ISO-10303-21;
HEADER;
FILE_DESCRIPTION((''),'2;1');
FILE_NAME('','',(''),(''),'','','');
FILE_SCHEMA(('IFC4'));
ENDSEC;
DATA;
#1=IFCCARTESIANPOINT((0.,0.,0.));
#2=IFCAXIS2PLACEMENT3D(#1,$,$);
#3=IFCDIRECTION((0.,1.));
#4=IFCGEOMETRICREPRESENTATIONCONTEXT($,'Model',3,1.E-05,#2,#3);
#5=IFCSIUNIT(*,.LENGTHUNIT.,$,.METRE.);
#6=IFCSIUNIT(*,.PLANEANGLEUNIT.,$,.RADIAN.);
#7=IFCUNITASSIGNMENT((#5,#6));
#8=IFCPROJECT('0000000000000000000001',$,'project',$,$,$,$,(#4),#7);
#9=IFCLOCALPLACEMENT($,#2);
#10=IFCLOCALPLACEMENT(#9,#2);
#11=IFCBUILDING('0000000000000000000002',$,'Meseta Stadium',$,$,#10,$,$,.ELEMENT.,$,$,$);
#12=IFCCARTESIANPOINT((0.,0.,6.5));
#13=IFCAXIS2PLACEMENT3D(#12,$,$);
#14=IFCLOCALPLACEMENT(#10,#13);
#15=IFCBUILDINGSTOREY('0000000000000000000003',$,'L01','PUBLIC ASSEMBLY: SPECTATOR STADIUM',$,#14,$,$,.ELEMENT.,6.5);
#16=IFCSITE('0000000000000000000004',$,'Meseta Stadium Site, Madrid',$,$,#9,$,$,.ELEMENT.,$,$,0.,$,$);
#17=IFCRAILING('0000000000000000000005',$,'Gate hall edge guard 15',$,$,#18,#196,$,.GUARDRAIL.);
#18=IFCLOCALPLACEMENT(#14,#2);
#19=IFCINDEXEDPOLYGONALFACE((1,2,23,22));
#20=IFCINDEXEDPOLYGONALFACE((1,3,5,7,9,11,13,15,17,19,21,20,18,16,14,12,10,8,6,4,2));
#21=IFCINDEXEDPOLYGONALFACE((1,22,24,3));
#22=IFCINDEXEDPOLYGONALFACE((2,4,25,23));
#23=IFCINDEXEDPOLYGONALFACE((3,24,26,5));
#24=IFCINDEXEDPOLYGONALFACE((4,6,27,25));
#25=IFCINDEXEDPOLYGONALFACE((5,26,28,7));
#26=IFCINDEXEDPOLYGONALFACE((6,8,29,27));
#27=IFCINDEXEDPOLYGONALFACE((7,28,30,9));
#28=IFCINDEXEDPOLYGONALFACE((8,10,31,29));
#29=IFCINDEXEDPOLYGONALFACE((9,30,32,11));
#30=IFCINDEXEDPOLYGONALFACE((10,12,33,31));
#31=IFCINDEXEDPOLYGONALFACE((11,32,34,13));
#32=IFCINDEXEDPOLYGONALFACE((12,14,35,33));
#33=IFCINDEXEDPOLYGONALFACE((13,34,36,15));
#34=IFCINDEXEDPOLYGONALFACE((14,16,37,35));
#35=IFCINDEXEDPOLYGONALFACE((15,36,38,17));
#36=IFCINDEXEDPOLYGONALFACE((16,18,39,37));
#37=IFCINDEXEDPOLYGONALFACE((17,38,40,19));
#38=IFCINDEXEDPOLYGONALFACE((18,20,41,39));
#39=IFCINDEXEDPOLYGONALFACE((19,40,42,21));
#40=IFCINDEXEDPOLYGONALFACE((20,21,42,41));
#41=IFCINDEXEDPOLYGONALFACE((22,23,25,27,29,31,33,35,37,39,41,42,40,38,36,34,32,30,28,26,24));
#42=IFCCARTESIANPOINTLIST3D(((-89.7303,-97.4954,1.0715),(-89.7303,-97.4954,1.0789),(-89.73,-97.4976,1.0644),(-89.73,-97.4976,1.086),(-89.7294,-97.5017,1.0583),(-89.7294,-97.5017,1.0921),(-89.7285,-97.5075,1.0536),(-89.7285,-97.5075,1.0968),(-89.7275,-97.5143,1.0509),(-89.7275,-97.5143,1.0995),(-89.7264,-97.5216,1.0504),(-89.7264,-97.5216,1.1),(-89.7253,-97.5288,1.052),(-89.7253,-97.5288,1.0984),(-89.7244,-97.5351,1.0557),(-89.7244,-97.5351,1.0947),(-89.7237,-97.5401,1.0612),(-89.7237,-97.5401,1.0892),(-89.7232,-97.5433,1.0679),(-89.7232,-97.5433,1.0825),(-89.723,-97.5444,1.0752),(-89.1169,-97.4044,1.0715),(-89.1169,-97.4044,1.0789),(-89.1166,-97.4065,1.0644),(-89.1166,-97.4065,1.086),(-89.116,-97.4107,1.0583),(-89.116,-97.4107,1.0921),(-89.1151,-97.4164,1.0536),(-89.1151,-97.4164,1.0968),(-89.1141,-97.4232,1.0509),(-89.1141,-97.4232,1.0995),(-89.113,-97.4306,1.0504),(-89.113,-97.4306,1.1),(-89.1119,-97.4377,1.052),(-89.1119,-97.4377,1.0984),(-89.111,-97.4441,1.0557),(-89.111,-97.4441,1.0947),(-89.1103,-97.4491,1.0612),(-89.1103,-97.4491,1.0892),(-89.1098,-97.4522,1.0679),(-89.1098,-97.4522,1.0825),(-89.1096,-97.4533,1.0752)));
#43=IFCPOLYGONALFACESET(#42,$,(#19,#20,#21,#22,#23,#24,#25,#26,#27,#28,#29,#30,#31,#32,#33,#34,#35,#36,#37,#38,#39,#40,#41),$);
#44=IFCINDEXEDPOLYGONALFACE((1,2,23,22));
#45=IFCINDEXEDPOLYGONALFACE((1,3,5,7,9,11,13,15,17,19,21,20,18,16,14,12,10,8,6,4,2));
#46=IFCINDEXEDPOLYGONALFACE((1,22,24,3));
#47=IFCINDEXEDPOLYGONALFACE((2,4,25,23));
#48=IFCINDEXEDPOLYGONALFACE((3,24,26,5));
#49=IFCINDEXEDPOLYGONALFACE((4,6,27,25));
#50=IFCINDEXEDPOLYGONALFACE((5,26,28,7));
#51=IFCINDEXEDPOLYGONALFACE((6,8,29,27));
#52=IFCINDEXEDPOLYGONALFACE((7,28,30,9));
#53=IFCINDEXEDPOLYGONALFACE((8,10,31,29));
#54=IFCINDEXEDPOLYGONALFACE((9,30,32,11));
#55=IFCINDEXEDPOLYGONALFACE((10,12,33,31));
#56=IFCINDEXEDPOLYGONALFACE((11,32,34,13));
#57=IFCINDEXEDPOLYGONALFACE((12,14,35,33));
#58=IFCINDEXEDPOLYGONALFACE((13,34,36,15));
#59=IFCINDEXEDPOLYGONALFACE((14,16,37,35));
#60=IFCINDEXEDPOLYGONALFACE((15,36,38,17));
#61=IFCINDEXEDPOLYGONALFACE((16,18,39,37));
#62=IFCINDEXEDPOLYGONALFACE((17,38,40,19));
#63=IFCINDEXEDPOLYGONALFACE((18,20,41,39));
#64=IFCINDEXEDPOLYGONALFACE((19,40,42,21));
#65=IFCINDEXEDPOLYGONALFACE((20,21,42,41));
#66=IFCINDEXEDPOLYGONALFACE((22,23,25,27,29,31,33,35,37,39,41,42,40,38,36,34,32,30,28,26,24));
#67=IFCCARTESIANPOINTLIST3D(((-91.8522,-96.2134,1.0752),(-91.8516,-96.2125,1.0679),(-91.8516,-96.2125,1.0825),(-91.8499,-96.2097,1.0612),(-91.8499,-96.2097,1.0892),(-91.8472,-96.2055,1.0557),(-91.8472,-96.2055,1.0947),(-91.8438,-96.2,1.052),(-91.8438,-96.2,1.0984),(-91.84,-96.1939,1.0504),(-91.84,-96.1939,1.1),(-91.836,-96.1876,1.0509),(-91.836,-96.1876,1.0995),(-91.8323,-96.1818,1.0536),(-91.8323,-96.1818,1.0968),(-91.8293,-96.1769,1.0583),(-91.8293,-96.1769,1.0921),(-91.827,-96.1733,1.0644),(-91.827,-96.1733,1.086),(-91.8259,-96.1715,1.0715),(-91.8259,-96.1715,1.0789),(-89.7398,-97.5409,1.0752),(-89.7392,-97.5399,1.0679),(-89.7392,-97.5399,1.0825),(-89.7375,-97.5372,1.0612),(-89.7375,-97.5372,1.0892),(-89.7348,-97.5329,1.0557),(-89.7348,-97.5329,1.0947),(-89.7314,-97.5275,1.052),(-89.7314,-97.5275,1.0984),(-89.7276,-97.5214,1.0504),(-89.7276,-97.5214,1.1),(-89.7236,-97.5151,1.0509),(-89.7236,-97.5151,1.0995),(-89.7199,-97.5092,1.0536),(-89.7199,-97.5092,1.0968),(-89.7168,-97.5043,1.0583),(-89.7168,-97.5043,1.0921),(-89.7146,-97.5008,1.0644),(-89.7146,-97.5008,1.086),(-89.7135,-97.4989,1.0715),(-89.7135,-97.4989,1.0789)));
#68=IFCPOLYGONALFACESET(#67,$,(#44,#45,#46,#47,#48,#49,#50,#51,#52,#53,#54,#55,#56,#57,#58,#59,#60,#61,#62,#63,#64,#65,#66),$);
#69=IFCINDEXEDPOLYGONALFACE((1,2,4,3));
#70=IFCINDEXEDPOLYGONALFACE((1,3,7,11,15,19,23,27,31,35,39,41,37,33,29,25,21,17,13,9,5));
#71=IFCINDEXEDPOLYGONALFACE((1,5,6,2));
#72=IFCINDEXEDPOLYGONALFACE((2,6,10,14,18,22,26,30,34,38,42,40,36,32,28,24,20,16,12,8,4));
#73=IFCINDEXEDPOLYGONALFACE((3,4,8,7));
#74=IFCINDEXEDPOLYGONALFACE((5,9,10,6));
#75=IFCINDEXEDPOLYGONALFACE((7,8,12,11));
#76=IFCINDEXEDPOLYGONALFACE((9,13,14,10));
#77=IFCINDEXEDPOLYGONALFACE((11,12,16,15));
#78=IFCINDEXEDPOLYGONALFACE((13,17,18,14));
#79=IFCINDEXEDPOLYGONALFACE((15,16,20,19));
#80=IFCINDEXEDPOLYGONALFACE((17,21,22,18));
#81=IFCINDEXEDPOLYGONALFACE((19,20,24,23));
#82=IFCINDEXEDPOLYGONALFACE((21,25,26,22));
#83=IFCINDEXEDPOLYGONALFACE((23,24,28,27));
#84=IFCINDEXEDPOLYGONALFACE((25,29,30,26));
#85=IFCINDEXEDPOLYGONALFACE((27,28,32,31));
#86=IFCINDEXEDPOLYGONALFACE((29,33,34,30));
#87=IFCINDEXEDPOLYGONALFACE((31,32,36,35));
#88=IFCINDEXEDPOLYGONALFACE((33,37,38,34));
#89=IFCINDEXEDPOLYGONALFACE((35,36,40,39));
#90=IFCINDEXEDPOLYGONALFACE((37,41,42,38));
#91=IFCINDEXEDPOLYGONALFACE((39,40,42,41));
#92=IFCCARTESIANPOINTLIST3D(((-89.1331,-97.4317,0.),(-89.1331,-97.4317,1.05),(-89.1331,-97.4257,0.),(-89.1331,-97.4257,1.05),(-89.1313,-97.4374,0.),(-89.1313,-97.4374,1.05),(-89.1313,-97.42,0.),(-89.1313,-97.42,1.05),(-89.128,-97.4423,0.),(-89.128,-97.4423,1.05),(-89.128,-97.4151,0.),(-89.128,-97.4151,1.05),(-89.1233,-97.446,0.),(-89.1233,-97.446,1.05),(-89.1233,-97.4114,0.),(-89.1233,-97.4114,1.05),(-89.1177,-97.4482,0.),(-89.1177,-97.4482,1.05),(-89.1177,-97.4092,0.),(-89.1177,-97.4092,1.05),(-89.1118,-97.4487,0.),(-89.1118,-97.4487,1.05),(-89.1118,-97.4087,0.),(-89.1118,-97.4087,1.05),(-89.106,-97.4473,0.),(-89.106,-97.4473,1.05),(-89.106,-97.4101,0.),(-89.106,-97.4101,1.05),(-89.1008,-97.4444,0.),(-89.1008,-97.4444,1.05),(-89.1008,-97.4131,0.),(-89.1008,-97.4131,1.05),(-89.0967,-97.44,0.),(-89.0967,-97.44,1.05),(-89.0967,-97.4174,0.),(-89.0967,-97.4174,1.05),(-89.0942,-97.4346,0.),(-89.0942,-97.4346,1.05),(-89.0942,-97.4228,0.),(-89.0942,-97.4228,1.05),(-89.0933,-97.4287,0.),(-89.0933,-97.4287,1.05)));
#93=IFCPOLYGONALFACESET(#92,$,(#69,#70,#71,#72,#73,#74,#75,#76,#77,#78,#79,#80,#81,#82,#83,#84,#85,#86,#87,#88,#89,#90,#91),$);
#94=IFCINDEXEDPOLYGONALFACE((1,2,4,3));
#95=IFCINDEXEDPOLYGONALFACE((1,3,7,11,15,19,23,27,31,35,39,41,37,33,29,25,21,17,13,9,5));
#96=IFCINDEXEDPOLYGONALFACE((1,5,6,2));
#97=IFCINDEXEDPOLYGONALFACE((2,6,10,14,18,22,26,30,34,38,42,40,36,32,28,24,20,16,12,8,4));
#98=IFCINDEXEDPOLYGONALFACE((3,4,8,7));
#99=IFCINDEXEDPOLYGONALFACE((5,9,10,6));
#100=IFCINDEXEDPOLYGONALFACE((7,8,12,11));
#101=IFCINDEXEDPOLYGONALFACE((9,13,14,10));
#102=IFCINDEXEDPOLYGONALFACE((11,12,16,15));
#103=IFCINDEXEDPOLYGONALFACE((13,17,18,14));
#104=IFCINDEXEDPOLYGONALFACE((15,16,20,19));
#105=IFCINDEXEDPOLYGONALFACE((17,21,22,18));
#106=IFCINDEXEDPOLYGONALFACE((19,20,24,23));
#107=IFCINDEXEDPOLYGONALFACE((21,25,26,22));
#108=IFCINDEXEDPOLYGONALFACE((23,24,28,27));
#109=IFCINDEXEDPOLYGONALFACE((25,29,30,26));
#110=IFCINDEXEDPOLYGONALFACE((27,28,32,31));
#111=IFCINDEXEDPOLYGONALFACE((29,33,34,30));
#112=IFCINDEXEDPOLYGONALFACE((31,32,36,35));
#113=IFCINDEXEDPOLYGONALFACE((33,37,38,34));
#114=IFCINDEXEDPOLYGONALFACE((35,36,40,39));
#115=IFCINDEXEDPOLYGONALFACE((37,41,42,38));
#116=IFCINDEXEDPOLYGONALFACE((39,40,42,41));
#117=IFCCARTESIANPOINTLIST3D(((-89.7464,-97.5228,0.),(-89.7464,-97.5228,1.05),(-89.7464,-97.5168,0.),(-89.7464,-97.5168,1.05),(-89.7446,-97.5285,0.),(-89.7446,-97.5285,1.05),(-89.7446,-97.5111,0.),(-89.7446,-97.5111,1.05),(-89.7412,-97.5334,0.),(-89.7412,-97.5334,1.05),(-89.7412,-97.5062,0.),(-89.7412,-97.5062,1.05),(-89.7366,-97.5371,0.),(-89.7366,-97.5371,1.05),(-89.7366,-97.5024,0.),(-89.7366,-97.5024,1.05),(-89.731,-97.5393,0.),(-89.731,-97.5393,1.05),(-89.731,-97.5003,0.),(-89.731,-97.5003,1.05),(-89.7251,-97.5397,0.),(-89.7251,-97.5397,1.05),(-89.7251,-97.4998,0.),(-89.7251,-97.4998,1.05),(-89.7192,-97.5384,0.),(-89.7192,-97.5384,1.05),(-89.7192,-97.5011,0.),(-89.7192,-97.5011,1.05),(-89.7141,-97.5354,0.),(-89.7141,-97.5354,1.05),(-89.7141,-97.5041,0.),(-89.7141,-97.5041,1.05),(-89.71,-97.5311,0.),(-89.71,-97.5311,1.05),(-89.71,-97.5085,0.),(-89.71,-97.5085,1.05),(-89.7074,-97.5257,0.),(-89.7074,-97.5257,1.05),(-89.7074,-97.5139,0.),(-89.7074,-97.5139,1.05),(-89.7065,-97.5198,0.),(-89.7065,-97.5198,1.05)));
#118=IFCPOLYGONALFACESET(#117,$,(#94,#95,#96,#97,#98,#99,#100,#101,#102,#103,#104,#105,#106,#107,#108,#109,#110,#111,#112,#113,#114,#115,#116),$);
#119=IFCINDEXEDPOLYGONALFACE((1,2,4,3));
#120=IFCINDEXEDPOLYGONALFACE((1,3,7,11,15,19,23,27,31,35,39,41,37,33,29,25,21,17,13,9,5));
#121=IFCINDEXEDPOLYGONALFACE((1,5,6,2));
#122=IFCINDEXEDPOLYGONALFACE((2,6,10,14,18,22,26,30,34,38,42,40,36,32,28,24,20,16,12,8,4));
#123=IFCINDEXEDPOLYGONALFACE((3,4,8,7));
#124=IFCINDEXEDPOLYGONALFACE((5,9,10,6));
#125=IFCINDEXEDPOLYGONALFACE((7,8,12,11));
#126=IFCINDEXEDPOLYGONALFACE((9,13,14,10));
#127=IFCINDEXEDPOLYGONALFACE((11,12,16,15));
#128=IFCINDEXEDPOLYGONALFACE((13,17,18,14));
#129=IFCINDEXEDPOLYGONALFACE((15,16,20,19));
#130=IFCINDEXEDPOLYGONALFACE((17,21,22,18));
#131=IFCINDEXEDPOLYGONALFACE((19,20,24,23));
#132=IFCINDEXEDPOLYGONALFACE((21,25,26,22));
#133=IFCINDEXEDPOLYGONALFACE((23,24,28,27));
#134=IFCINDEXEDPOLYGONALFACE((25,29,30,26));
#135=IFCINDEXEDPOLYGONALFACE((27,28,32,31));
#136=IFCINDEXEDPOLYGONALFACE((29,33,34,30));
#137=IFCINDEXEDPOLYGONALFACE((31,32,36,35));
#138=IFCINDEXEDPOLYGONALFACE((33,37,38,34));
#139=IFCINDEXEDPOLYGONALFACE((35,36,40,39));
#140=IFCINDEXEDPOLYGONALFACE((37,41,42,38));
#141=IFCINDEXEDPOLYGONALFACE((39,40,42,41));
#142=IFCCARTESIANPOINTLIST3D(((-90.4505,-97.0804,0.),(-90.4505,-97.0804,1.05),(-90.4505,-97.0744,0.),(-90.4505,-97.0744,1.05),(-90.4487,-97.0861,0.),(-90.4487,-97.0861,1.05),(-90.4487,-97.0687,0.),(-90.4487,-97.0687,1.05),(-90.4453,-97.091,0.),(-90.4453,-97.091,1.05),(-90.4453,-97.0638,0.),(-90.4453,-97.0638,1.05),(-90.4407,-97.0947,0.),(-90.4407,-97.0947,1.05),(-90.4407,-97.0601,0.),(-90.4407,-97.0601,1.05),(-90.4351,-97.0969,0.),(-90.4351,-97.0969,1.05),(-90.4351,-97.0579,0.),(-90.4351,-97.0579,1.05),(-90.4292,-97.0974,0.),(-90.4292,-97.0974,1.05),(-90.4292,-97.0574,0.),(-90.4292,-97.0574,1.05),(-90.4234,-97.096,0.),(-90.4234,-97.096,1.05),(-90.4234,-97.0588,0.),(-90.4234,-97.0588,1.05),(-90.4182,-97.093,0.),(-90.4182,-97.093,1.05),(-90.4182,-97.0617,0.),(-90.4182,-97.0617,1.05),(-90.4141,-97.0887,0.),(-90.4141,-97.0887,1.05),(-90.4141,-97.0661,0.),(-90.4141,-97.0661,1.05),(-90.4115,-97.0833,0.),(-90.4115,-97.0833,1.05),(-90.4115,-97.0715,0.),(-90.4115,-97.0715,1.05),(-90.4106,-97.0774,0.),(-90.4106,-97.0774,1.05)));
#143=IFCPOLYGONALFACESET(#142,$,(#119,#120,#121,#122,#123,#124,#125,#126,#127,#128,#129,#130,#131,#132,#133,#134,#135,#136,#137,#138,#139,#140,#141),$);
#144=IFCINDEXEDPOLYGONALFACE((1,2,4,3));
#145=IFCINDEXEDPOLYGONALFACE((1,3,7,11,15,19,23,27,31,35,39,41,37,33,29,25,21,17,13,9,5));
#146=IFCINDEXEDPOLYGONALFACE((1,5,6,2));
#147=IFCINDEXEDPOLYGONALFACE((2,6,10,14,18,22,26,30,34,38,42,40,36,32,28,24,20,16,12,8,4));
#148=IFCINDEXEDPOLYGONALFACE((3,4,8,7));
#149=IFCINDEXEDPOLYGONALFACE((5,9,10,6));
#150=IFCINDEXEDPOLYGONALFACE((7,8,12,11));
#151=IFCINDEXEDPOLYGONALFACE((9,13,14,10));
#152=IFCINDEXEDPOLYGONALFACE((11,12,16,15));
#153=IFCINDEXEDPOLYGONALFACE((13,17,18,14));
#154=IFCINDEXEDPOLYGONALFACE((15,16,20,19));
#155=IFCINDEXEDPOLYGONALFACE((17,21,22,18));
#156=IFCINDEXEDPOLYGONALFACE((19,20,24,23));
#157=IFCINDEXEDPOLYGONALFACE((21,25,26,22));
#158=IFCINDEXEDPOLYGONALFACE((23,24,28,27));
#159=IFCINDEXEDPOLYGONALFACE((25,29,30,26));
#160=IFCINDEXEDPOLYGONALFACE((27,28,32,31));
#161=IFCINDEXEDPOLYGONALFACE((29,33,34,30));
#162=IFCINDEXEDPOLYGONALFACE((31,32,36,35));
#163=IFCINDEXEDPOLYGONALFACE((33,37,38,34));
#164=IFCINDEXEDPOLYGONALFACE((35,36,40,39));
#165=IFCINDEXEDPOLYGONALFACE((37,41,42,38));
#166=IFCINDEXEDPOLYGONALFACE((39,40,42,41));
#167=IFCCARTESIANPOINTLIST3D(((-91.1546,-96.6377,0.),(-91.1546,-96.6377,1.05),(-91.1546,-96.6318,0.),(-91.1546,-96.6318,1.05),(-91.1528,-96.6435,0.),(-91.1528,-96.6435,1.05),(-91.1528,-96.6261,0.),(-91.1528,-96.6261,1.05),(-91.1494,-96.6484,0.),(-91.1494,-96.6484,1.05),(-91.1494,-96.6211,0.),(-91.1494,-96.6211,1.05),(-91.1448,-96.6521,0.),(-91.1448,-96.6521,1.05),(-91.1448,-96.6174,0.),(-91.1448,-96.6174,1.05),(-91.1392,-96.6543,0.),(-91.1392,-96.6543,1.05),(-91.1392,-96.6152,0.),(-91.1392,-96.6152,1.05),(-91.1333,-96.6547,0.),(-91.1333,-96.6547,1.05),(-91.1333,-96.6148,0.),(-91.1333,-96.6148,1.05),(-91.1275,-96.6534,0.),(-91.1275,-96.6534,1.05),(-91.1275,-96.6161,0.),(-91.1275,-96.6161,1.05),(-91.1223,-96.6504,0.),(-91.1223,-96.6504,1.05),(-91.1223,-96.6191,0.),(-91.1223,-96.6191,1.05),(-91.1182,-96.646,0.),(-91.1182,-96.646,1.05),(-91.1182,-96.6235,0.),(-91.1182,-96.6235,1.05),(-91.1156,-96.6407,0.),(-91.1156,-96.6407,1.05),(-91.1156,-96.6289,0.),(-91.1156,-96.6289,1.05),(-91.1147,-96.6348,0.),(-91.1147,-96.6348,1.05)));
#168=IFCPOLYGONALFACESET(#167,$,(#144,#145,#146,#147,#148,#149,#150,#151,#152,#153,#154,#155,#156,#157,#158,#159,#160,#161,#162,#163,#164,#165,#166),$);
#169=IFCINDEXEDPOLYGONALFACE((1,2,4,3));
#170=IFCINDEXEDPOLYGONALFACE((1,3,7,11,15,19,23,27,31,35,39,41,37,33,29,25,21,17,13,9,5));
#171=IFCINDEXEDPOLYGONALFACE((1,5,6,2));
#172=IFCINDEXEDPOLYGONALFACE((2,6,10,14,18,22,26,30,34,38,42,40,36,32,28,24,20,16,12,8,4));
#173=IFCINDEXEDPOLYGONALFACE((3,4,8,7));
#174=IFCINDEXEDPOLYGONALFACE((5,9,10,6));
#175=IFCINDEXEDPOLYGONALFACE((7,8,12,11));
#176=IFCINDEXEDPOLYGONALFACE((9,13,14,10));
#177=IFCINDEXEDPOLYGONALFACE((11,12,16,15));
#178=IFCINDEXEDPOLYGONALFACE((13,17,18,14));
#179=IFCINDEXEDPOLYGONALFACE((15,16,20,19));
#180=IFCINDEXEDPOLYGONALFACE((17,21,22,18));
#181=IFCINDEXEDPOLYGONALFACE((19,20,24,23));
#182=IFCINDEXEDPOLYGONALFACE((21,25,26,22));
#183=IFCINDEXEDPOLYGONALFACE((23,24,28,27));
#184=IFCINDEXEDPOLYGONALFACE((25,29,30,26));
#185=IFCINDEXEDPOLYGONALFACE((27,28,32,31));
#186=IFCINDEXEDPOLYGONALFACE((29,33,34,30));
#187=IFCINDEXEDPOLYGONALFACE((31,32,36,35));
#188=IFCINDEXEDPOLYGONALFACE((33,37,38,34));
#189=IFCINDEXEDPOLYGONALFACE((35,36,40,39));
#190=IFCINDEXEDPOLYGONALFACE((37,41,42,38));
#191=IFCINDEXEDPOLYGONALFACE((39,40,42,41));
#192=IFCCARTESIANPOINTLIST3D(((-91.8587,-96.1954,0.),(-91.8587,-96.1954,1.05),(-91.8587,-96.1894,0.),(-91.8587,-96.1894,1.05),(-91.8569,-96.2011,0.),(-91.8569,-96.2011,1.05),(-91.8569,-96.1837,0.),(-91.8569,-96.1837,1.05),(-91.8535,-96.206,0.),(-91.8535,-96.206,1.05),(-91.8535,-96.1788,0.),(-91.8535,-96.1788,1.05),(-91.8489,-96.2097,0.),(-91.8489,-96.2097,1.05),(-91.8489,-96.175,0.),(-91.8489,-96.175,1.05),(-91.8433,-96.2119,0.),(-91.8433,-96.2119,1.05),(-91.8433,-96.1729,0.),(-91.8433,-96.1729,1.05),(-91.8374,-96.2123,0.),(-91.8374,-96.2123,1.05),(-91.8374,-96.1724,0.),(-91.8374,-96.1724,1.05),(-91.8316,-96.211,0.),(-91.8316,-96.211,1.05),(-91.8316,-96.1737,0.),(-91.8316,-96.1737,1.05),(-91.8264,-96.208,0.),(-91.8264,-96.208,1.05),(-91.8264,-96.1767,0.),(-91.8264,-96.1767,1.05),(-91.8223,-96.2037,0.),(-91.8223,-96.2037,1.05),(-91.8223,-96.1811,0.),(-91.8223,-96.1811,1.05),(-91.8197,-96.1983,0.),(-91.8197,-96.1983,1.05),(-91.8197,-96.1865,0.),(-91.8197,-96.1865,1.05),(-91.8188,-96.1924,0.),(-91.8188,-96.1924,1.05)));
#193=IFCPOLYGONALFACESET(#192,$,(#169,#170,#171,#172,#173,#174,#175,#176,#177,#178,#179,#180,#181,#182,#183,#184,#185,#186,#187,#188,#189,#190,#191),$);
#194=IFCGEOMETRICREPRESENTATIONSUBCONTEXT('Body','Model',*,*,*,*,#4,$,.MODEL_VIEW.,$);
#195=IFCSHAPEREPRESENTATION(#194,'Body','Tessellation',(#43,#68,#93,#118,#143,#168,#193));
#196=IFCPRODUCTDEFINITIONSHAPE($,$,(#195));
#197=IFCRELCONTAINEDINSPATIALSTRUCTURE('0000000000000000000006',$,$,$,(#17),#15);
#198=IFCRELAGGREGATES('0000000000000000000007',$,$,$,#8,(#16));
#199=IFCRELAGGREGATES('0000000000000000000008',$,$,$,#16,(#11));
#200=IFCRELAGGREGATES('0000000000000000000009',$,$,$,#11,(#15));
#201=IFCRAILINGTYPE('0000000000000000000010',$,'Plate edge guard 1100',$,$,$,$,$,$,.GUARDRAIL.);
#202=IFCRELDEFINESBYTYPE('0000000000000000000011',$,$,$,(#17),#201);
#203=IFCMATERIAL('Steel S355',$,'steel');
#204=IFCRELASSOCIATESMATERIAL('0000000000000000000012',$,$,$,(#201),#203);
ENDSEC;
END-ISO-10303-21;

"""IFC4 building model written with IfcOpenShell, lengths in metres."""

from ifc_helpers import new_model, si_unit, direction, frame, origin, origin_2d, place, context, subcontext, project, spatial, circle, extrude, material, type_object, element, save


model = new_model("IFC4")

# Units and contexts
model_context = context("Model", 3, precision=1e-05, world=origin(), true_north=direction((0.0, 1.0)))
body_context = subcontext(model_context, "Body", "Model", "MODEL_VIEW")
ifc_project = project(units=[si_unit("LENGTHUNIT", "METRE"), si_unit("PLANEANGLEUNIT", "RADIAN")], contexts=[model_context])

# Site, building, storey
site_placement = place(None, origin())
site = spatial("IfcSite", under=ifc_project, at=site_placement, Name="Meseta Stadium Site, Madrid", CompositionType="ELEMENT", RefElevation=0.0)
building_placement = place(site_placement, origin())
building = spatial("IfcBuilding", under=site, at=building_placement, Name="Meseta Stadium", CompositionType="ELEMENT")
storey_placement = place(building_placement, frame((0.0, 0.0, 6.5)))
storey = spatial("IfcBuildingStorey", under=building, at=storey_placement, Name="L01", Description="PUBLIC ASSEMBLY: SPECTATOR STADIUM", CompositionType="ELEMENT", Elevation=6.5)

# Railing
ifc_material_1 = material(Name="Steel S355", Category="steel")
railing_type = type_object("IfcRailingType", Name="Plate edge guard 1100", PredefinedType="GUARDRAIL", material=ifc_material_1)
railing_placement = place(storey_placement, frame((-89.1133, -97.4287, 0.0)))
element("IfcRailing", 1, at=railing_placement, inside=storey, type_object=railing_type, Name="Gate hall edge guard 15", PredefinedType="GUARDRAIL", context=body_context, shape_type="SweptSolid", body=[
    extrude(circle(Radius=0.0249, at=origin_2d()), frame((0.0, 0.0, 1.0752), z_axis=(-0.989155, -0.146877, 0.0), x_axis=(0.146877, -0.989155, 0.0)), (0.0, 0.0, 1.0), 0.6201),
    extrude(circle(Radius=0.0249, at=origin_2d()), frame((-0.6133, -0.0911, 1.0752), z_axis=(-0.846698, 0.532073, 0.0), x_axis=(-0.532073, -0.846698, 0.0)), (0.0, 0.0, 1.0), 2.4949),
    extrude(circle(Radius=0.02, at=origin_2d()), origin(), (0.0, 0.0, 1.0), 1.05),
    extrude(circle(Radius=0.02, at=origin_2d()), frame((-0.6133, -0.0911, 0.0)), (0.0, 0.0, 1.0), 1.05),
    extrude(circle(Radius=0.02, at=origin_2d()), frame((-1.3174, 0.3513, 0.0)), (0.0, 0.0, 1.0), 1.05),
    extrude(circle(Radius=0.02, at=origin_2d()), frame((-2.0215, 0.7939, 0.0)), (0.0, 0.0, 1.0), 1.05),
    extrude(circle(Radius=0.02, at=origin_2d()), frame((-2.7256, 1.2363, 0.0)), (0.0, 0.0, 1.0), 1.05),
])

save(model, "model.ifc")
